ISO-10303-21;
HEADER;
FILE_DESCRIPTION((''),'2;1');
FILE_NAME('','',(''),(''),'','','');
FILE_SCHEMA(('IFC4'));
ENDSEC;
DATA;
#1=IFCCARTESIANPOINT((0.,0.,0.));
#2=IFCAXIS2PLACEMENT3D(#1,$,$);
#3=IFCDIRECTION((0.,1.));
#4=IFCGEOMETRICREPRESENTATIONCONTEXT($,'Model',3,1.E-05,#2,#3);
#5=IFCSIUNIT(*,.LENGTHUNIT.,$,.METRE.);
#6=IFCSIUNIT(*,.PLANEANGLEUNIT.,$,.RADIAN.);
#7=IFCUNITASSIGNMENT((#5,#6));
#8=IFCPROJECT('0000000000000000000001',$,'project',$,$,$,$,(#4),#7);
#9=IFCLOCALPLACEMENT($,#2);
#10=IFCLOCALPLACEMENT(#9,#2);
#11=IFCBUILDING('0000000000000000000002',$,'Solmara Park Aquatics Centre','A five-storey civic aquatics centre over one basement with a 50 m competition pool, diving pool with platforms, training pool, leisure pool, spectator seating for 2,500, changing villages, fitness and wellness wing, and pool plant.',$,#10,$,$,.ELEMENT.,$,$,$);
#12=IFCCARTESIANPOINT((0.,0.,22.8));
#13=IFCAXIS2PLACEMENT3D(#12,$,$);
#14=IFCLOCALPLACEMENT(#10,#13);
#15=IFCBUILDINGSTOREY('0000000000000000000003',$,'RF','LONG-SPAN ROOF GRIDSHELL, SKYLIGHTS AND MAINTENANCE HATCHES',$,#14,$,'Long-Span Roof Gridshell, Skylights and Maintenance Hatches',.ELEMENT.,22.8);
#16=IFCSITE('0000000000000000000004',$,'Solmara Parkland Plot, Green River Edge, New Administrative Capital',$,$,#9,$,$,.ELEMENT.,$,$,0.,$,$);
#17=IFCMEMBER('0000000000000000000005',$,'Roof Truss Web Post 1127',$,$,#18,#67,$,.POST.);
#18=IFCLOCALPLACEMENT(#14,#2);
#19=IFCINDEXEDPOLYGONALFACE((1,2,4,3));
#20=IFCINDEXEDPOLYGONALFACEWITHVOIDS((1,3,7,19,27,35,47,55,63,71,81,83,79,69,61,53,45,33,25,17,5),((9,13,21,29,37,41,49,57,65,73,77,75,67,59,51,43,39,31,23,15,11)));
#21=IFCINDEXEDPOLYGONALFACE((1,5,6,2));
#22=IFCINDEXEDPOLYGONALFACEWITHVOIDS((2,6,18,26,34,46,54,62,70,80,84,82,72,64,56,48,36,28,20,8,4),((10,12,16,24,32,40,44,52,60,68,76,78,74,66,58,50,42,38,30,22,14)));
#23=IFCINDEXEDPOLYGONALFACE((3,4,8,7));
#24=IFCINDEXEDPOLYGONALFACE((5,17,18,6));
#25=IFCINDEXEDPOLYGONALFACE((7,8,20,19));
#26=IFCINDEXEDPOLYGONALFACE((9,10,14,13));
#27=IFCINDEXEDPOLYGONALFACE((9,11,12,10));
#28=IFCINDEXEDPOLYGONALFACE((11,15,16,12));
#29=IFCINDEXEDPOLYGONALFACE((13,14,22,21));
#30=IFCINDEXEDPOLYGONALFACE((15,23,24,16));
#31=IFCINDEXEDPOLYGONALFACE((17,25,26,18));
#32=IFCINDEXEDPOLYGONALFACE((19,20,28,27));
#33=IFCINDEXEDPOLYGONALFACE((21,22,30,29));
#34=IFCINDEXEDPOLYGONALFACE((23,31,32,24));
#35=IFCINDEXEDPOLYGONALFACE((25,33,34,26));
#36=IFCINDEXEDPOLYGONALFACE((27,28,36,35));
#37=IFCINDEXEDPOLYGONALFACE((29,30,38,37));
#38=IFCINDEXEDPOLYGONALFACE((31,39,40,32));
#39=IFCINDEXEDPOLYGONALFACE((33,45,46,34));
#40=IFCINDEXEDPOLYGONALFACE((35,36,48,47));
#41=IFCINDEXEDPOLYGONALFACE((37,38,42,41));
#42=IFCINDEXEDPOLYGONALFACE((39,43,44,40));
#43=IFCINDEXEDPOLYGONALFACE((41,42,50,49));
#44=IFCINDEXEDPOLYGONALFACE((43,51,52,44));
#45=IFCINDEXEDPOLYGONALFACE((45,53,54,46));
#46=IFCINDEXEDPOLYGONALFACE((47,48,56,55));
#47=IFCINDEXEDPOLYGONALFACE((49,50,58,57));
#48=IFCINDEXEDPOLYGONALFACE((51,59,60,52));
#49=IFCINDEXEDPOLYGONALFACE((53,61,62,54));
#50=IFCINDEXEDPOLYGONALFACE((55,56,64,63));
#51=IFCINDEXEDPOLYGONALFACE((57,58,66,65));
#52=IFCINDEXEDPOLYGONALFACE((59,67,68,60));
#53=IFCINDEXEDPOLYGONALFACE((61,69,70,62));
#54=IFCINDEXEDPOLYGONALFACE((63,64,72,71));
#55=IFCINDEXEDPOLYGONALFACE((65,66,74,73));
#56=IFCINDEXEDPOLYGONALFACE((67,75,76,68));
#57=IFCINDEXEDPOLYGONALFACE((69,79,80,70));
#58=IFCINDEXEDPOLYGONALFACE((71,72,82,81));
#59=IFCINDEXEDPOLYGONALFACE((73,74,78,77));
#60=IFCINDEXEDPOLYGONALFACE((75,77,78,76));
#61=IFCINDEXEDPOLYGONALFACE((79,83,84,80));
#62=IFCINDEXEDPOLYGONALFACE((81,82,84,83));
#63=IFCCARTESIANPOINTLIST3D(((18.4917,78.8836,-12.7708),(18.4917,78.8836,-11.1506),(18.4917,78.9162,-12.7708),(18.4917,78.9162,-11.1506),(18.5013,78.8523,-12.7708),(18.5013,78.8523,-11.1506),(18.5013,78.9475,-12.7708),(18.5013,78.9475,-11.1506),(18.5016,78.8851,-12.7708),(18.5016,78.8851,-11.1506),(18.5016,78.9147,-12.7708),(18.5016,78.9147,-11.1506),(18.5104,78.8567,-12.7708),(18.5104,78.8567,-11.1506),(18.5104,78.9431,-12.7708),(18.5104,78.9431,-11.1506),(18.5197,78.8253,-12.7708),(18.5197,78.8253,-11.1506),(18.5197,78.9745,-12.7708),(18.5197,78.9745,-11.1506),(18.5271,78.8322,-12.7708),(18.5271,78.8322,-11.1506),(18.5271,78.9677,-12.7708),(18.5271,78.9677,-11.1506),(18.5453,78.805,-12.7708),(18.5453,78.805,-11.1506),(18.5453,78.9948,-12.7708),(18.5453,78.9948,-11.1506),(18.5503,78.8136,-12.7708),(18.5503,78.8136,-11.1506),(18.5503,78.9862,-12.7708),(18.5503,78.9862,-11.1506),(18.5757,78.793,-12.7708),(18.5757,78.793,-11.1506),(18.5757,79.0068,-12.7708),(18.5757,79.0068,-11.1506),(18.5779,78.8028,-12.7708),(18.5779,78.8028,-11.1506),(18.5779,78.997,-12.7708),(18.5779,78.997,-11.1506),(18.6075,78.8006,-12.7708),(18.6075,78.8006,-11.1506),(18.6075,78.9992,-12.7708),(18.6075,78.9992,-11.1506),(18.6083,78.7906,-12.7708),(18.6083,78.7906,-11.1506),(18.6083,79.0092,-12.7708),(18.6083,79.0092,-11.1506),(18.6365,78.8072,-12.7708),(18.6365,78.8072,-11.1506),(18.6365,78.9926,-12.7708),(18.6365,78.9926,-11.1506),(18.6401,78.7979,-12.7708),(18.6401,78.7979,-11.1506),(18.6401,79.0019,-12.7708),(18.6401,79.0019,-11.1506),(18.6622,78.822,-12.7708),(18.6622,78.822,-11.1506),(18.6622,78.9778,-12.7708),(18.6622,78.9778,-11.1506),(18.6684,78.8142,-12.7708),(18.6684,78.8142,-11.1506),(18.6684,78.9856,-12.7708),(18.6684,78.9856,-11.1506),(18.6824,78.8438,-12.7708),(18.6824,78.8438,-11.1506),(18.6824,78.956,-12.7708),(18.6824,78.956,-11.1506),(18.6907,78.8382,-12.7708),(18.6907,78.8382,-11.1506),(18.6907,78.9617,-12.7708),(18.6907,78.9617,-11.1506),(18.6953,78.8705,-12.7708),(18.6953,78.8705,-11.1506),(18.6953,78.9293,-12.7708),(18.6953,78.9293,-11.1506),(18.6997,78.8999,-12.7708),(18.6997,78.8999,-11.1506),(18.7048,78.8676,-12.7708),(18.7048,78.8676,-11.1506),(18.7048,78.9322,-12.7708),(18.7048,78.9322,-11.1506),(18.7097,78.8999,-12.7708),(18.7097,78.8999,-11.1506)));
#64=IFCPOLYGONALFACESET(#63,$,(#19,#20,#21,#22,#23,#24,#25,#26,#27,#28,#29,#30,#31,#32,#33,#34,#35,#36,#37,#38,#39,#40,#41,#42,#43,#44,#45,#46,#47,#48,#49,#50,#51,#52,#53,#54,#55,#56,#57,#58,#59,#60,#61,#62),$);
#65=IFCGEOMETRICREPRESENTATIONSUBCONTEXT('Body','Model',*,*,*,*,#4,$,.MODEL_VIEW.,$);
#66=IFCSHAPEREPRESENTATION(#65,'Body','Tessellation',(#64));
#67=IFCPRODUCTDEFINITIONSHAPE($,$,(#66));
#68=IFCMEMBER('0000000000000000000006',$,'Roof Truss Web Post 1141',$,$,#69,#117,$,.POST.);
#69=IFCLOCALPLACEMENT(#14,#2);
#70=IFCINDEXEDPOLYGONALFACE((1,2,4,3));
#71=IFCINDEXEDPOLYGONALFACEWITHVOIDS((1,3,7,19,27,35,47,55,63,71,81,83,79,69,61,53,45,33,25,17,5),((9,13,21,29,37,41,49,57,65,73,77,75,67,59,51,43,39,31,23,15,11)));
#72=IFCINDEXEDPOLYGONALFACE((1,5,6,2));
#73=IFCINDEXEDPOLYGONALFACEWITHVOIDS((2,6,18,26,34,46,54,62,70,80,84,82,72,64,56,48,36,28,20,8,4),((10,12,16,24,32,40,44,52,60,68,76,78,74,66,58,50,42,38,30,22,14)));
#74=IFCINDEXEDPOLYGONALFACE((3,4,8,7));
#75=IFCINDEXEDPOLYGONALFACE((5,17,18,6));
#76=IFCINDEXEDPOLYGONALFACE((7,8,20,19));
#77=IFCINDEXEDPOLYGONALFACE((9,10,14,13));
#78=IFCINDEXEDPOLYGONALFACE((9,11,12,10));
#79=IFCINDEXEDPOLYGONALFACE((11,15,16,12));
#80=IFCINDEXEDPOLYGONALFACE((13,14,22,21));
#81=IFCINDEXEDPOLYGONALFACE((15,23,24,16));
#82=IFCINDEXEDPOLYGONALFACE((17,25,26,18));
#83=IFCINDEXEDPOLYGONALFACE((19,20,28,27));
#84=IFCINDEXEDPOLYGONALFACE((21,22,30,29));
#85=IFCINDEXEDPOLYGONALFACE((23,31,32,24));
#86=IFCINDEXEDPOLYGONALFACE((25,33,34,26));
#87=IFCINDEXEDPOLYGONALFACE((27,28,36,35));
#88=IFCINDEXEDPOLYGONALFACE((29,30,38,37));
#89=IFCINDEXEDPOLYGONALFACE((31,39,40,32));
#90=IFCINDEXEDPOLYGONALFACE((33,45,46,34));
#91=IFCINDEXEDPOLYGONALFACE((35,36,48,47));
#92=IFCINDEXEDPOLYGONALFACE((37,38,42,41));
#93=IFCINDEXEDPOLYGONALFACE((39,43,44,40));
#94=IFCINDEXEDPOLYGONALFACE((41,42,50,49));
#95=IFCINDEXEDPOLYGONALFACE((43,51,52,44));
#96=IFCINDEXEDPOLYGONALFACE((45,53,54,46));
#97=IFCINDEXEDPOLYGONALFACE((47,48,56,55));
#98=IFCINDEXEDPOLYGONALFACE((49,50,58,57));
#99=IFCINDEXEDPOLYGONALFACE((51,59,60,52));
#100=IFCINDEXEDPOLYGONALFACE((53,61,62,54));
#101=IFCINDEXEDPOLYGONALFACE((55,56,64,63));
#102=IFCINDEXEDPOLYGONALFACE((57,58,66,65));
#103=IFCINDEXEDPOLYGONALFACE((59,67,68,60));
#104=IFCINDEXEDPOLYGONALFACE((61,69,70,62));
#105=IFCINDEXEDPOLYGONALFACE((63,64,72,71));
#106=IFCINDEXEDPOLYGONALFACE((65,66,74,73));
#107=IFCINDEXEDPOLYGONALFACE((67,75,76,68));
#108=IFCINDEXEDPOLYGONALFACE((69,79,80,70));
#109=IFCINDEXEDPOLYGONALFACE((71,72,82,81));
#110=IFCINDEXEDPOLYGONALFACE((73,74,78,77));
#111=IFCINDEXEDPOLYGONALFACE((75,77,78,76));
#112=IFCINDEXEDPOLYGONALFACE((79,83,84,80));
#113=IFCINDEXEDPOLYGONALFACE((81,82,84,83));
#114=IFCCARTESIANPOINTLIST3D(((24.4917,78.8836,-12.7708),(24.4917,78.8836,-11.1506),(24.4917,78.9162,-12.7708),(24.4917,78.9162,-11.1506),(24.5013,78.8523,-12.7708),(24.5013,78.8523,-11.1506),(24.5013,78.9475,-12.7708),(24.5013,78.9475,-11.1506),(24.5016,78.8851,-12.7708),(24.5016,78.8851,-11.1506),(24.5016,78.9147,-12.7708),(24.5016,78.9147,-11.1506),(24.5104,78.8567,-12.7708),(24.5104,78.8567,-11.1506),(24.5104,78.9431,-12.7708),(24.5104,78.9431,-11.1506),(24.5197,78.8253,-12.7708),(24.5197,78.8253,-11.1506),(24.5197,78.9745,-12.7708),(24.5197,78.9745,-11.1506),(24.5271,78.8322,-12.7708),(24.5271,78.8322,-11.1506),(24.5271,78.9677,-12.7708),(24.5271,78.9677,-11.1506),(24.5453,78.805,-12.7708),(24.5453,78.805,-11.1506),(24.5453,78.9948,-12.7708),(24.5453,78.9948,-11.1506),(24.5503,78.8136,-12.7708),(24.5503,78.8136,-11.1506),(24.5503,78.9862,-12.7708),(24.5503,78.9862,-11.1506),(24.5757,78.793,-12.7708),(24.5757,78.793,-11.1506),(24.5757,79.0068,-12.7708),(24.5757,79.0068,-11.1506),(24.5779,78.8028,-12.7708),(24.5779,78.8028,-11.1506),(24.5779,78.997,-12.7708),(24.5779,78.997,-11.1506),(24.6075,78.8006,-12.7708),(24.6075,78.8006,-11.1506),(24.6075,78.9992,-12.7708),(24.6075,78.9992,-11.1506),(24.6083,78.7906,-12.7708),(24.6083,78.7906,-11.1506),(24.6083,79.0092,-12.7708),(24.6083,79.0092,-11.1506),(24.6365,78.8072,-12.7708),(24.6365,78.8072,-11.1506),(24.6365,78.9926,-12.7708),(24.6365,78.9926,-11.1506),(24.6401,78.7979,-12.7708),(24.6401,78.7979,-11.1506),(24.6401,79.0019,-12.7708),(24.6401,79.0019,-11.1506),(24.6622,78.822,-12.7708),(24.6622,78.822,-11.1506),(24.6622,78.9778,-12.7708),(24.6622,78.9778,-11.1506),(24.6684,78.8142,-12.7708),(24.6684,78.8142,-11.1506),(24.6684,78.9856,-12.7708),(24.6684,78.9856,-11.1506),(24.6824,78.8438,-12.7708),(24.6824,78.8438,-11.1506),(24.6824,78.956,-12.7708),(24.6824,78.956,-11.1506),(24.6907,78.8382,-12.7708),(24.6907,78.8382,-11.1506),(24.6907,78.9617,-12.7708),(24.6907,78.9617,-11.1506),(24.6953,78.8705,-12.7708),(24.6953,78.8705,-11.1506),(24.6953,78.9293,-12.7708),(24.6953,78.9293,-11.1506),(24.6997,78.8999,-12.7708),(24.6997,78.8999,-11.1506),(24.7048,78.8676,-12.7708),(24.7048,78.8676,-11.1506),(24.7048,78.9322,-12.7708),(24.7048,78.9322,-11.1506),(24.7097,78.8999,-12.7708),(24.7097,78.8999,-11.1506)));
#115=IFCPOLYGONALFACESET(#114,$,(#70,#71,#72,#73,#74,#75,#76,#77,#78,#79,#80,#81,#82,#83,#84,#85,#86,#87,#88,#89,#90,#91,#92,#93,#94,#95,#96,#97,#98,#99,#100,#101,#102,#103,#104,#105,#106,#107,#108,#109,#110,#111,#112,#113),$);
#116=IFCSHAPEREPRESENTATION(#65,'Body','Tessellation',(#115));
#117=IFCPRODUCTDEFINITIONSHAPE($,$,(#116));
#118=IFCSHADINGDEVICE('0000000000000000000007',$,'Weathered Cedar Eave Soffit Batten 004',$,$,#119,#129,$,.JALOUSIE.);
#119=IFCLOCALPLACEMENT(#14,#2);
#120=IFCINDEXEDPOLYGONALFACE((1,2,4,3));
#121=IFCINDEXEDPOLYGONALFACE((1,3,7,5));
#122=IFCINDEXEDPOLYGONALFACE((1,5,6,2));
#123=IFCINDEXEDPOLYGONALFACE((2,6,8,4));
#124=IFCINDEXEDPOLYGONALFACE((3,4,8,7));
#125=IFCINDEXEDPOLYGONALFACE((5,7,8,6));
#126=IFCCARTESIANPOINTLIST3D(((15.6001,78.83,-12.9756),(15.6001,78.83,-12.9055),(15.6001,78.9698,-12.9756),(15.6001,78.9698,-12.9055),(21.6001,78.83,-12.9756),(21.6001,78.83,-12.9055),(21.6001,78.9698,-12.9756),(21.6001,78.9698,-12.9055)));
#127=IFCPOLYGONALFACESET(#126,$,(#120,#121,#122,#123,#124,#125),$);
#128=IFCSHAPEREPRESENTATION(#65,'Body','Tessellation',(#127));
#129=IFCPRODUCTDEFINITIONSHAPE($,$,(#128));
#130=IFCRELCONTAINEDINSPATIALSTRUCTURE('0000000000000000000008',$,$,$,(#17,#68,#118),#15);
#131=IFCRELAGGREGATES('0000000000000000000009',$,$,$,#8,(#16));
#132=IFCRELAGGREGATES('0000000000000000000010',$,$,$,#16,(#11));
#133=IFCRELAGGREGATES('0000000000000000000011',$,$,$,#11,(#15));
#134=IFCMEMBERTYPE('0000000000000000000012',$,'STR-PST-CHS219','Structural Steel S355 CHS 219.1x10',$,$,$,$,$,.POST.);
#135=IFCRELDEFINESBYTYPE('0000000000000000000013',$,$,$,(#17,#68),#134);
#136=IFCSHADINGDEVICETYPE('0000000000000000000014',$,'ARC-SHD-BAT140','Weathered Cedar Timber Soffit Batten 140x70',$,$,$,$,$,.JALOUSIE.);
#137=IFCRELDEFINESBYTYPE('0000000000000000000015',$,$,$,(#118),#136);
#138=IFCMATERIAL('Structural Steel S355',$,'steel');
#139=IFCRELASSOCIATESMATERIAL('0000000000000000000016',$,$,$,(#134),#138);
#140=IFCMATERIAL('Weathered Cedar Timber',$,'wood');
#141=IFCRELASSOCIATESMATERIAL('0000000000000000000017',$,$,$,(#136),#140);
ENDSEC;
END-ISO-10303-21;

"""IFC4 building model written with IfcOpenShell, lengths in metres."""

from ifc_helpers import new_model, si_unit, direction, frame, origin, origin_2d, place, context, subcontext, project, spatial, rectangle, hollow_circle, extrude, material, material_profile, profile_set, type_object, element, save


model = new_model("IFC4")

# Units and contexts
model_context = context("Model", 3, precision=1e-05, world=origin(), true_north=direction((0.0, 1.0)))
body_context = subcontext(model_context, "Body", "Model", "MODEL_VIEW")
ifc_project = project(units=[si_unit("LENGTHUNIT", "METRE"), si_unit("PLANEANGLEUNIT", "RADIAN")], contexts=[model_context])

# Site, building, storey
site_placement = place(None, origin())
site = spatial("IfcSite", under=ifc_project, at=site_placement, Name="Solmara Parkland Plot, Green River Edge, New Administrative Capital", CompositionType="ELEMENT", RefElevation=0.0)
building_placement = place(site_placement, origin())
building = spatial("IfcBuilding", under=site, at=building_placement, Name="Solmara Park Aquatics Centre", Description="A five-storey civic aquatics centre over one basement with a 50 m competition pool, diving pool with platforms, training pool, leisure pool, spectator seating for 2,500, changing villages, fitness and wellness wing, and pool plant.", CompositionType="ELEMENT")
storey_placement = place(building_placement, frame((0.0, 0.0, 22.8)))
storey = spatial("IfcBuildingStorey", under=building, at=storey_placement, Name="RF", Description="LONG-SPAN ROOF GRIDSHELL, SKYLIGHTS AND MAINTENANCE HATCHES", LongName="Long-Span Roof Gridshell, Skylights and Maintenance Hatches", CompositionType="ELEMENT", Elevation=22.8)

# Shared definitions
ifc_material_1 = material(Name="Structural Steel S355", Category="steel")

# Members
ifc_material_profile_1 = material_profile(ifc_material_1, hollow_circle(Radius=0.1096, WallThickness=0.01, at=origin_2d()), Name="CHS 219.1x10")
ifc_profile_set_1 = profile_set([ifc_material_profile_1], Name="Structural Steel S355")
member_type_1 = type_object("IfcMemberType", Name="STR-PST-CHS219", Description="Structural Steel S355 CHS 219.1x10", PredefinedType="POST", material=ifc_profile_set_1)
for number, where, z_axis, x_axis, name in (
    (1, (18.6001, 78.8999, -12.7708), (0.0, 0.0, 1.0), (1.0, 0.0, 0.0), "Roof Truss Web Post 1127"),
    (2, (24.6001, 78.8999, -12.7708), (0.0, 0.0, 1.0), (1.0, 0.0, 0.0), "Roof Truss Web Post 1141"),
):
    element("IfcMember", number, at=place(storey_placement, frame(where, z_axis=z_axis, x_axis=x_axis)), inside=storey, type_object=member_type_1, Name=name, PredefinedType="POST", context=body_context, shape_type="SweptSolid", body=[
        extrude(hollow_circle(Radius=0.1096, WallThickness=0.01, at=origin_2d()), origin(), (0.0, 0.0, 1.0), 1.6201),
    ])

# Shading device
ifc_material_2 = material(Name="Weathered Cedar Timber", Category="wood")
shading_device_type = type_object("IfcShadingDeviceType", Name="ARC-SHD-BAT140", Description="Weathered Cedar Timber Soffit Batten 140x70", PredefinedType="JALOUSIE", material=ifc_material_2)
shading_device_placement = place(storey_placement, frame((18.6001, 78.8999, -12.9756), z_axis=(0.0, 0.0, 1.0), x_axis=(1.0, 0.0, 0.0)))
element("IfcShadingDevice", 3, at=shading_device_placement, inside=storey, type_object=shading_device_type, Name="Weathered Cedar Eave Soffit Batten 004", PredefinedType="JALOUSIE", context=body_context, shape_type="SweptSolid", body=[
    extrude(rectangle(XDim=6.0, YDim=0.1399, at=origin_2d()), origin(), (0.0, 0.0, 1.0), 0.0701),
])

save(model, "model.ifc")
